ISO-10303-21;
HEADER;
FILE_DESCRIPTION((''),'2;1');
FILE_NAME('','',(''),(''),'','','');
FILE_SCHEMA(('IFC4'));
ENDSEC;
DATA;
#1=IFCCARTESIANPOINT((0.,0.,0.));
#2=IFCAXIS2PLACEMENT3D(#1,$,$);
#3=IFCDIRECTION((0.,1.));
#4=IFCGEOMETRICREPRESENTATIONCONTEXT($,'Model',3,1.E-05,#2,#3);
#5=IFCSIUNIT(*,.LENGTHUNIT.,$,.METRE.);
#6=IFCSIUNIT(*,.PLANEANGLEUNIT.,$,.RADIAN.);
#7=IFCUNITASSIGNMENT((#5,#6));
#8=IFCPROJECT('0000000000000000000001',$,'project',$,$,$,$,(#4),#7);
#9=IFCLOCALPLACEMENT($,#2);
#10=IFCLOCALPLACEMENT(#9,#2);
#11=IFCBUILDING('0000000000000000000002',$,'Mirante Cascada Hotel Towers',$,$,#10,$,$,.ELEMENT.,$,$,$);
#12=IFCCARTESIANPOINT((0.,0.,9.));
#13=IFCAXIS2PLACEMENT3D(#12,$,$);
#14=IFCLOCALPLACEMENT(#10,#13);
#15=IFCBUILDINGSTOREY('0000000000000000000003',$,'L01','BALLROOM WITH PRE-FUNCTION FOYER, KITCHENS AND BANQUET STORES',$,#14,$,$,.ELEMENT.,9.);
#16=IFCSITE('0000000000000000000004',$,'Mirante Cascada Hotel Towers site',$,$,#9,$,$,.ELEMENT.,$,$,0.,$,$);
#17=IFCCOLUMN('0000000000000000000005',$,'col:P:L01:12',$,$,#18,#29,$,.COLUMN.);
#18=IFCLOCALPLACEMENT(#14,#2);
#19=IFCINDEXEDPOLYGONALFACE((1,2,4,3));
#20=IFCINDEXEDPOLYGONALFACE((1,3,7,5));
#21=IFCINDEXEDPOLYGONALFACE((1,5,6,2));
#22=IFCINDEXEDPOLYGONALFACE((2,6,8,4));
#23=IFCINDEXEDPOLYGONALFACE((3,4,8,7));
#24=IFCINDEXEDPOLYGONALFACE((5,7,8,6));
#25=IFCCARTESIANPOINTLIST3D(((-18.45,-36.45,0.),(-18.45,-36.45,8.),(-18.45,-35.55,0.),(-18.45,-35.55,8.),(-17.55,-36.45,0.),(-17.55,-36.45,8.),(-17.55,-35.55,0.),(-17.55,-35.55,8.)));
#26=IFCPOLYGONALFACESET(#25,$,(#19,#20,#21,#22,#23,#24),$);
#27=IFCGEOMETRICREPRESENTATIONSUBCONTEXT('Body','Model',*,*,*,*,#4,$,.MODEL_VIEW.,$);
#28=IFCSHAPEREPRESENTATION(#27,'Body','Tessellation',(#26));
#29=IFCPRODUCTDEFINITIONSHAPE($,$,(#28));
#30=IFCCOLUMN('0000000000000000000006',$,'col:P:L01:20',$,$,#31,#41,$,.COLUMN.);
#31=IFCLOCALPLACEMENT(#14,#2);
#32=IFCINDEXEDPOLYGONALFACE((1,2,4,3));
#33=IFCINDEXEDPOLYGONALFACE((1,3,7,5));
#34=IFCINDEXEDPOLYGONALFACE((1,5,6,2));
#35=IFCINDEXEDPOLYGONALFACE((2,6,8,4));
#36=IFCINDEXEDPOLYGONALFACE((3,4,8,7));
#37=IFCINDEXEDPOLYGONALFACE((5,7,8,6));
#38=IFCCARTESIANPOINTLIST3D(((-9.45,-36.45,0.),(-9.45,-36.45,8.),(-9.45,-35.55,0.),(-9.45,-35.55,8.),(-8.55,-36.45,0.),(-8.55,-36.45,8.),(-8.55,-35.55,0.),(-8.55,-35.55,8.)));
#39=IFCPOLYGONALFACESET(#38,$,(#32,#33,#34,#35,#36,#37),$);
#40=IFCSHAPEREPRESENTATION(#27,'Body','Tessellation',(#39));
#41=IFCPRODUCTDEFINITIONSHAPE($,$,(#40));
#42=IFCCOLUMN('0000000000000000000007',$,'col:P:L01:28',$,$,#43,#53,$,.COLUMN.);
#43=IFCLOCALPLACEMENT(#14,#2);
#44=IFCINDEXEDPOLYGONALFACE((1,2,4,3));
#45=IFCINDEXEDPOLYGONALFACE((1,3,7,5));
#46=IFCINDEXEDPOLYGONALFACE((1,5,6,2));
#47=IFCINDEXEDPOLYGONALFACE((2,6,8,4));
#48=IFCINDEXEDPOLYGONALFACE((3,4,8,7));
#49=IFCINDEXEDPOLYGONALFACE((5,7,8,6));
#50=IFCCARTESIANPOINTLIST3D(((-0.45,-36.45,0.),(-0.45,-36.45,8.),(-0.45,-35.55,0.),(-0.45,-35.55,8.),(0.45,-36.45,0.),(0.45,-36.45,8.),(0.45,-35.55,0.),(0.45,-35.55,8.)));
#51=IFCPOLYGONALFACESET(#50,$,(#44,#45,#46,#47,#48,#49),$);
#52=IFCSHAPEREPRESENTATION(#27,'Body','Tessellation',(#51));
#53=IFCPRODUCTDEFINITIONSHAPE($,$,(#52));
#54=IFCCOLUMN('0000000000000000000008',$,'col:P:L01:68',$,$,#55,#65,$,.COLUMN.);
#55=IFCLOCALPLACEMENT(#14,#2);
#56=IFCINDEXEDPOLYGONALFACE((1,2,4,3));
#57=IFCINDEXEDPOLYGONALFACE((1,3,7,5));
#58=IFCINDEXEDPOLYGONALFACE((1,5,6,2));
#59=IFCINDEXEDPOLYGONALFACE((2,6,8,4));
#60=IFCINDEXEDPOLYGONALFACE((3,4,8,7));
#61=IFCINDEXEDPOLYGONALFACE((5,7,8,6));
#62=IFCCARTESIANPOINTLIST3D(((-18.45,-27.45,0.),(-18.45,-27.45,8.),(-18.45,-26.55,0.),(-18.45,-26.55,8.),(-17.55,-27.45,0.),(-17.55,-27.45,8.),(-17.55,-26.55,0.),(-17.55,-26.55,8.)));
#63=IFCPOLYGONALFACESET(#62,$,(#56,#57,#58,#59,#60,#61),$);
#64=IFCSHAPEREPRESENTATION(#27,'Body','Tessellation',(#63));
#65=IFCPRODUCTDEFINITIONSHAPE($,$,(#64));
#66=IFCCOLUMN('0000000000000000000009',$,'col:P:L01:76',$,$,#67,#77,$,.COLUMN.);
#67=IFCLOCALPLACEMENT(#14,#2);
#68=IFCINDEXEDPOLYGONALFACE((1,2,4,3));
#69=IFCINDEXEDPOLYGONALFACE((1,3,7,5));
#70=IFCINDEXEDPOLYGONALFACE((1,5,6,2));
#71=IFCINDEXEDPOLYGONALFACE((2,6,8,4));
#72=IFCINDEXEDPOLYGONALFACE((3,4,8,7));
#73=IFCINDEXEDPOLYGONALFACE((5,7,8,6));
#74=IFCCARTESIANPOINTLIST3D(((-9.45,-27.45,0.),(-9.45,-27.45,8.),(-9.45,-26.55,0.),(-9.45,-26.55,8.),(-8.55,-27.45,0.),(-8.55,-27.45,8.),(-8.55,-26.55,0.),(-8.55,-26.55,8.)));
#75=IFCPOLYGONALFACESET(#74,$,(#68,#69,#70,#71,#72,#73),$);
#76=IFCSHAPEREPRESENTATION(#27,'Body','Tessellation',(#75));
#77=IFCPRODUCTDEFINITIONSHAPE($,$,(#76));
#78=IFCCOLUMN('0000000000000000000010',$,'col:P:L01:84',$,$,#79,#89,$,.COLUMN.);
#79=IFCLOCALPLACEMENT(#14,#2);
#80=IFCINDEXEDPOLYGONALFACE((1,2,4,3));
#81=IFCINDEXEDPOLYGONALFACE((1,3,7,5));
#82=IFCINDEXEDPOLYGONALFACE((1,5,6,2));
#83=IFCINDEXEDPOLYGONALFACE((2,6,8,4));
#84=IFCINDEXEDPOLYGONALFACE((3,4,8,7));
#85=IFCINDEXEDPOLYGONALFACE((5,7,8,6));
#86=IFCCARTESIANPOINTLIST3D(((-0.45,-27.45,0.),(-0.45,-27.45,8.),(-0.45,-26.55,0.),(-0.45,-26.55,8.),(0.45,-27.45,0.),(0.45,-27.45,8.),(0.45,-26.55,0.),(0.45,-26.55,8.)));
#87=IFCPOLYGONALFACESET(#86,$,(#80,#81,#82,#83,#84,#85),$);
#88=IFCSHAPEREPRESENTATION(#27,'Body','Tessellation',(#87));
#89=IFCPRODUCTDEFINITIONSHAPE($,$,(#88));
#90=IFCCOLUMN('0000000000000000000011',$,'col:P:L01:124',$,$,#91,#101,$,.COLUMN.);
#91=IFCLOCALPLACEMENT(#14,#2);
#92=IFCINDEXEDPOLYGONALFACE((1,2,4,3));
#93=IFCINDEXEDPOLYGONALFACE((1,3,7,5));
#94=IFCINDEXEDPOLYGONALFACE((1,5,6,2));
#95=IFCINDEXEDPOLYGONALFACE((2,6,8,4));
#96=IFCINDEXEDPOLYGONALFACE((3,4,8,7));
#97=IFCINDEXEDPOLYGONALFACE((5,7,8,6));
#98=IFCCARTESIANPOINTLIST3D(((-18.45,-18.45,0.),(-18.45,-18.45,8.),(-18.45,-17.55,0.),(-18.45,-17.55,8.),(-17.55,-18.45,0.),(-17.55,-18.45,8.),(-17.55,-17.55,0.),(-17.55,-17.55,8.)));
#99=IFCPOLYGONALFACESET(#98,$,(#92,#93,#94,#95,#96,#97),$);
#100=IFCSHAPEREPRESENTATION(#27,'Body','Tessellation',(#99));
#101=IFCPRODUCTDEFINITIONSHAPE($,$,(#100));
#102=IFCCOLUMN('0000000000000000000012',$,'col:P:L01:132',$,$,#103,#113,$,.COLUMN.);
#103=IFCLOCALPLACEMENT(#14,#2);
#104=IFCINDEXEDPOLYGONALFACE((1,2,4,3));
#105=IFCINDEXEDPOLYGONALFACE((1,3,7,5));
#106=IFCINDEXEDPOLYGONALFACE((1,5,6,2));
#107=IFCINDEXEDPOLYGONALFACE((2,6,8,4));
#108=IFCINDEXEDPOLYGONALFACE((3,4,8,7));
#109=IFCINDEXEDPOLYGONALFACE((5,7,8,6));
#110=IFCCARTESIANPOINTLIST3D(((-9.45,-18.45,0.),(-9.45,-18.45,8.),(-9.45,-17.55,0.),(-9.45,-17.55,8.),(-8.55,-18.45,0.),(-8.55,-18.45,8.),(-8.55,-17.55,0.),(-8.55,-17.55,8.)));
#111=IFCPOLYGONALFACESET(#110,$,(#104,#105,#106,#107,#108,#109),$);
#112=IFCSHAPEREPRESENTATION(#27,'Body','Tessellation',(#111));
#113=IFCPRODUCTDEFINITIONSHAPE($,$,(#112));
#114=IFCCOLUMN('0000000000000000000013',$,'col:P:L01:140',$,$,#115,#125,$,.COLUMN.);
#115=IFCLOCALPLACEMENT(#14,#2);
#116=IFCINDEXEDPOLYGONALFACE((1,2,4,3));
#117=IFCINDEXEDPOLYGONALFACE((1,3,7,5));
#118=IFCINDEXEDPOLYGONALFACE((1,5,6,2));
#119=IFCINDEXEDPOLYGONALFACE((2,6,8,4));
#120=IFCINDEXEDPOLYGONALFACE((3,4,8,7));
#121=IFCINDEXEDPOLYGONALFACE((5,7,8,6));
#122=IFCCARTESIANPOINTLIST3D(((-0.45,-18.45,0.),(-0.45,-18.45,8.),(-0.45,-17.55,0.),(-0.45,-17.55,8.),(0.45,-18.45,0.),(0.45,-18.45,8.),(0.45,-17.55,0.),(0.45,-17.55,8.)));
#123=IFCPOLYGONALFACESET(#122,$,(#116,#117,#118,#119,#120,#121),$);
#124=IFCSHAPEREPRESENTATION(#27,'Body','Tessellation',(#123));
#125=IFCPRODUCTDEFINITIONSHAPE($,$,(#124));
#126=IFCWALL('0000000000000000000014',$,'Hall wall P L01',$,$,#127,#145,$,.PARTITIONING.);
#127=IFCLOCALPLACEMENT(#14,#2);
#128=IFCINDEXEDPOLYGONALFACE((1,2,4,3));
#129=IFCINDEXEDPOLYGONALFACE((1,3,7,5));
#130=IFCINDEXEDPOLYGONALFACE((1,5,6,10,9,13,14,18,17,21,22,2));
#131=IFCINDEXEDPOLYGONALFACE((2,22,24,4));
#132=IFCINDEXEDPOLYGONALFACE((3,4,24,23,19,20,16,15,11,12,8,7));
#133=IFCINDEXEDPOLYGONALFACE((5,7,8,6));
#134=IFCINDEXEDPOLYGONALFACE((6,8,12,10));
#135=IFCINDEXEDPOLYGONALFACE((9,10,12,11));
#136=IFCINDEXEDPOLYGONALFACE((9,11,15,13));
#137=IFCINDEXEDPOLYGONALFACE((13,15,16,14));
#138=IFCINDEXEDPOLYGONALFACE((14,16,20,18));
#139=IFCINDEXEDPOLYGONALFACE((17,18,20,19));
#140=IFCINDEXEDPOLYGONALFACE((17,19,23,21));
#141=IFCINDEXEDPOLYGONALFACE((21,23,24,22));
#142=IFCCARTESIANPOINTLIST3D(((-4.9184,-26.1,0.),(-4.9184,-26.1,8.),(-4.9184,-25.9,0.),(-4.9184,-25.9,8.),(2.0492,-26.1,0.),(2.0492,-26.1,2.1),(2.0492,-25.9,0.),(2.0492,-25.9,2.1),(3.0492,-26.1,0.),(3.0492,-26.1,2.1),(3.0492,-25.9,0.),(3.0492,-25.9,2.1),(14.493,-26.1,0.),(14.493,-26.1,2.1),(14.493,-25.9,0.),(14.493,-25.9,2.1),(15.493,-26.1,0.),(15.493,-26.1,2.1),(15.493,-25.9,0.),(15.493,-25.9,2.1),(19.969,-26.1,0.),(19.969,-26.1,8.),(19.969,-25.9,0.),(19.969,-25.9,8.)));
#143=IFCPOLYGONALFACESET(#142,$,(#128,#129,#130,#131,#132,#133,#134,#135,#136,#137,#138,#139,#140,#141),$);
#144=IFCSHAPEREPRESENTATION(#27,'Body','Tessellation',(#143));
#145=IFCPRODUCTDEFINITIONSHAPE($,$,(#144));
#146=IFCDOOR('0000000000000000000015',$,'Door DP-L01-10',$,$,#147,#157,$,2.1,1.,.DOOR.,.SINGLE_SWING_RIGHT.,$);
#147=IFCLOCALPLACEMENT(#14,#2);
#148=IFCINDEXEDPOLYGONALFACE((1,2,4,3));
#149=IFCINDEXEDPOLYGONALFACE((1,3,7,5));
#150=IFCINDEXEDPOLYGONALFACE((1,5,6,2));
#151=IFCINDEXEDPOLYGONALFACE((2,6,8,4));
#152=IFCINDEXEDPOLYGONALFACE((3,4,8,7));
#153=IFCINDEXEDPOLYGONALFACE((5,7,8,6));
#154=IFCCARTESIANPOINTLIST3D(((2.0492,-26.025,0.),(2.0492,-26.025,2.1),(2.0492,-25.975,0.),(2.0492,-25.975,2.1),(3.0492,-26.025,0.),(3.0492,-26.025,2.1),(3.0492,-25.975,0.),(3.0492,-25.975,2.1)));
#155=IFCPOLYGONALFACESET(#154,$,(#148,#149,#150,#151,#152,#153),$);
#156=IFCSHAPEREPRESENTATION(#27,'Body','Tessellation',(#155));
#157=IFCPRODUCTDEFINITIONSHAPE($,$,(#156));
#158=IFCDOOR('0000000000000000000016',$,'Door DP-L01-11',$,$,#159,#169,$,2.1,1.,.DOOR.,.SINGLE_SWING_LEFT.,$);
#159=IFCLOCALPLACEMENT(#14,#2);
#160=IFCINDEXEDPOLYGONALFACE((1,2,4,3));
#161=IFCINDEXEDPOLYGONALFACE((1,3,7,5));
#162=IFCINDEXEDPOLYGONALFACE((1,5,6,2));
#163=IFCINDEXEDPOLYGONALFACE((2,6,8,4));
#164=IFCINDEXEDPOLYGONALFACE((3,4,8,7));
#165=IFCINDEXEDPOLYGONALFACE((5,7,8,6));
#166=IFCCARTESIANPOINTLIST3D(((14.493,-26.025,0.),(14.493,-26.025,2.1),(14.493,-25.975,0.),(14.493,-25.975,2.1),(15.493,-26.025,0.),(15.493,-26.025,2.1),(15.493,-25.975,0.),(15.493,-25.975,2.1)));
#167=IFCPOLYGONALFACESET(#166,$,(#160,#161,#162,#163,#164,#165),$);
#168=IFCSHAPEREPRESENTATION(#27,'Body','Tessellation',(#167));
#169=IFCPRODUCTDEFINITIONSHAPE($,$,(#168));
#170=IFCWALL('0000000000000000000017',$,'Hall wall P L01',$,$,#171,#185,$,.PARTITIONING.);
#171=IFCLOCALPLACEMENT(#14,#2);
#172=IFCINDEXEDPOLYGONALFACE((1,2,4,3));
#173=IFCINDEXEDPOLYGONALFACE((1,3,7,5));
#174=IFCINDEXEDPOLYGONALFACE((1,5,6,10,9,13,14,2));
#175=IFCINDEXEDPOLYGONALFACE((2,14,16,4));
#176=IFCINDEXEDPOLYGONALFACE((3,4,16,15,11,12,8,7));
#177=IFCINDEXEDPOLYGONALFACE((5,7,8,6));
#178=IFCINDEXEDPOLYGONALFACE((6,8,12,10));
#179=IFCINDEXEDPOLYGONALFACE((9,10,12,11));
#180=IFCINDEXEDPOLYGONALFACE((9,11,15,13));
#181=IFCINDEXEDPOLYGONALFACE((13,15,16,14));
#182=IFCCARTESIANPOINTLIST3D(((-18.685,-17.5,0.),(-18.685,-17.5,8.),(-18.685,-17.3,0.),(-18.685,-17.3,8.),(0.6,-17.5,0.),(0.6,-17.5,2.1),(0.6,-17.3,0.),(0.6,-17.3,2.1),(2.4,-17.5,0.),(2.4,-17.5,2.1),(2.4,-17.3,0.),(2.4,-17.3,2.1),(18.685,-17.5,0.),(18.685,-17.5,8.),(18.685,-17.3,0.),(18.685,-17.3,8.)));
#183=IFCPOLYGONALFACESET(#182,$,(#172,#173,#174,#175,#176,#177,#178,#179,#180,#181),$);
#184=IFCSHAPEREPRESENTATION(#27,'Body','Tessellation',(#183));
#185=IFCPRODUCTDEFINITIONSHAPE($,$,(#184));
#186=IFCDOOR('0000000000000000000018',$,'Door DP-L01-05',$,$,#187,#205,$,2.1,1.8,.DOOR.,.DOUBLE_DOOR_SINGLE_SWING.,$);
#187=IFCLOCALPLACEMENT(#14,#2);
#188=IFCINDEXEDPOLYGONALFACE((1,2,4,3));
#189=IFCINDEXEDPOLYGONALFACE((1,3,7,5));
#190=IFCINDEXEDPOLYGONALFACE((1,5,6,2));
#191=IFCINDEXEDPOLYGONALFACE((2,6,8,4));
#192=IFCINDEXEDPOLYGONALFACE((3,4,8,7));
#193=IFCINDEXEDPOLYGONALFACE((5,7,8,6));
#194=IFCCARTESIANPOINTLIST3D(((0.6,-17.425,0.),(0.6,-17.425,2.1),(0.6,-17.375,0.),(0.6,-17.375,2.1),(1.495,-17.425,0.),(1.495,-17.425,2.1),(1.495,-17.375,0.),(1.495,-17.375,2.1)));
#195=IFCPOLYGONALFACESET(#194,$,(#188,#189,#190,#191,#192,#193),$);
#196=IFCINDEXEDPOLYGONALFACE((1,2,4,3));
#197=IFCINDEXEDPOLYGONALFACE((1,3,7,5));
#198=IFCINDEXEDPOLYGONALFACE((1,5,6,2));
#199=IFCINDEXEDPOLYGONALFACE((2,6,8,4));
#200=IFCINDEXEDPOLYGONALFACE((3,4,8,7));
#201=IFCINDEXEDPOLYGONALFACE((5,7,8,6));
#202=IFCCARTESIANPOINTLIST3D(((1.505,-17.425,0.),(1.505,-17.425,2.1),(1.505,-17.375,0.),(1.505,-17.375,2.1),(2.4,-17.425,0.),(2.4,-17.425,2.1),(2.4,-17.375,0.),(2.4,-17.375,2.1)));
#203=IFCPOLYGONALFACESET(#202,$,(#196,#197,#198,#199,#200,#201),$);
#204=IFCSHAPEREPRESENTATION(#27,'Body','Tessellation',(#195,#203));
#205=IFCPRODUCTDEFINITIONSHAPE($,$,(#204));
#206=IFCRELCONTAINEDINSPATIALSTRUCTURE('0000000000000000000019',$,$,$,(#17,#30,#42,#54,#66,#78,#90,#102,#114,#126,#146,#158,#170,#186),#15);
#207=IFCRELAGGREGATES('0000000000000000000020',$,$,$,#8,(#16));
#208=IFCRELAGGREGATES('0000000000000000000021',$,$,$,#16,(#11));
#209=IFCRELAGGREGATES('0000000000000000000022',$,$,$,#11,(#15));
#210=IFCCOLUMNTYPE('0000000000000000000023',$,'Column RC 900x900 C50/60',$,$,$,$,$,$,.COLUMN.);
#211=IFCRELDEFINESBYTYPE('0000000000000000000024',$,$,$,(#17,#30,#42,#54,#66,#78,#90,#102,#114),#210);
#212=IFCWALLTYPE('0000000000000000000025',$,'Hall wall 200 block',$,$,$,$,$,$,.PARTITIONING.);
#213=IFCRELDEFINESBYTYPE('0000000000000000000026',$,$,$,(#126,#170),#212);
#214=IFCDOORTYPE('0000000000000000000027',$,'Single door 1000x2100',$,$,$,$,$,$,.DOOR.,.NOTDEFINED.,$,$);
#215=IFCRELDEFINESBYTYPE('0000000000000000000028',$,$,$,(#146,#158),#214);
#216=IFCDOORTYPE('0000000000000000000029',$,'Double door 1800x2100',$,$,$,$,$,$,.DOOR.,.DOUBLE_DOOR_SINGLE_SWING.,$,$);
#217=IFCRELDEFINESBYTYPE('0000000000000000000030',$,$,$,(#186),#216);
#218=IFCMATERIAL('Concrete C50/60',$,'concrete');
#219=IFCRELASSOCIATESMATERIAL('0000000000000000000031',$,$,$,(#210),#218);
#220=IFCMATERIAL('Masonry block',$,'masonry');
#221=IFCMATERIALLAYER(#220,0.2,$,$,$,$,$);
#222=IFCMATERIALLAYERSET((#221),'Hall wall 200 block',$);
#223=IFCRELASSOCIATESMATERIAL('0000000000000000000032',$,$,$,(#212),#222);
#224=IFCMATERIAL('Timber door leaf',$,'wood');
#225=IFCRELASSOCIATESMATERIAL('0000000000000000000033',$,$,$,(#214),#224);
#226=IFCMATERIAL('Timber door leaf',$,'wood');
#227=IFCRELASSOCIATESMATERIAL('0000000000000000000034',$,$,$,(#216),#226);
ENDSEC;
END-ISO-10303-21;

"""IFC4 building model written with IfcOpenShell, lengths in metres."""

from ifc_helpers import new_model, si_unit, direction, frame, frame_2d, origin, origin_2d, place, context, subcontext, project, spatial, rectangle, extrude, material, layer, layer_set, material_profile, profile_set, type_object, element, fill, save


model = new_model("IFC4")

# Units and contexts
model_context = context("Model", 3, precision=1e-05, world=origin(), true_north=direction((0.0, 1.0)))
body_context = subcontext(model_context, "Body", "Model", "MODEL_VIEW")
ifc_project = project(units=[si_unit("LENGTHUNIT", "METRE"), si_unit("PLANEANGLEUNIT", "RADIAN")], contexts=[model_context])

# Site, building, storey
site_placement = place(None, origin())
site = spatial("IfcSite", under=ifc_project, at=site_placement, Name="Mirante Cascada Hotel Towers site", CompositionType="ELEMENT", RefElevation=0.0)
building_placement = place(site_placement, origin())
building = spatial("IfcBuilding", under=site, at=building_placement, Name="Mirante Cascada Hotel Towers", CompositionType="ELEMENT")
storey_placement = place(building_placement, frame((0.0, 0.0, 9.0)))
storey = spatial("IfcBuildingStorey", under=building, at=storey_placement, Name="L01", Description="BALLROOM WITH PRE-FUNCTION FOYER, KITCHENS AND BANQUET STORES", CompositionType="ELEMENT", Elevation=9.0)

# Columns
ifc_material_1 = material(Name="Concrete C50/60", Category="concrete")
ifc_material_profile = material_profile(ifc_material_1, rectangle(XDim=0.9, YDim=0.9, at=origin_2d()), Name="RC 900x900")
ifc_profile_set = profile_set([ifc_material_profile], Name="Concrete C50/60")
column_type = type_object("IfcColumnType", Name="Column RC 900x900 C50/60", PredefinedType="COLUMN", material=ifc_profile_set)
for number, where, z_axis, x_axis, name in (
    (1, (-18.0, -36.0, 0.0), (0.0, 0.0, 1.0), (1.0, 0.0, 0.0), "col:P:L01:12"),
    (2, (-9.0, -36.0, 0.0), (0.0, 0.0, 1.0), (1.0, 0.0, 0.0), "col:P:L01:20"),
    (3, (0.0, -36.0, 0.0), (0.0, 0.0, 1.0), (1.0, 0.0, 0.0), "col:P:L01:28"),
    (4, (-18.0, -27.0, 0.0), (0.0, 0.0, 1.0), (1.0, 0.0, 0.0), "col:P:L01:68"),
    (5, (-9.0, -27.0, 0.0), (0.0, 0.0, 1.0), (1.0, 0.0, 0.0), "col:P:L01:76"),
    (6, (0.0, -27.0, 0.0), (0.0, 0.0, 1.0), (1.0, 0.0, 0.0), "col:P:L01:84"),
    (7, (-18.0, -18.0, 0.0), (0.0, 0.0, 1.0), (1.0, 0.0, 0.0), "col:P:L01:124"),
    (8, (-9.0, -18.0, 0.0), (0.0, 0.0, 1.0), (1.0, 0.0, 0.0), "col:P:L01:132"),
    (9, (0.0, -18.0, 0.0), (0.0, 0.0, 1.0), (1.0, 0.0, 0.0), "col:P:L01:140"),
):
    element("IfcColumn", number, at=place(storey_placement, frame(where, z_axis=z_axis, x_axis=x_axis)), inside=storey, type_object=column_type, Name=name, PredefinedType="COLUMN", context=body_context, shape_type="SweptSolid", body=[
        extrude(rectangle(XDim=0.9, YDim=0.9, at=origin_2d()), origin(), (0.0, 0.0, 1.0), 8.0),
    ])

# Wall, openings, doors
ifc_material_2 = material(Name="Masonry block", Category="masonry")
ifc_layer_1 = layer(ifc_material_2, 0.2)
ifc_layer_set_1 = layer_set([ifc_layer_1], Name="Hall wall 200 block")
wall_type_1 = type_object("IfcWallType", Name="Hall wall 200 block", PredefinedType="PARTITIONING", material=ifc_layer_set_1)
wall_1_placement = place(storey_placement, frame((-4.9185, -26.0, 0.0), z_axis=(0.0, 0.0, 1.0), x_axis=(1.0, 0.0, 0.0)))
wall_1 = element("IfcWall", 10, at=wall_1_placement, inside=storey, type_object=wall_type_1, Name="Hall wall P L01", PredefinedType="PARTITIONING", context=body_context, shape_type="SweptSolid", body=[
    extrude(rectangle(XDim=24.8875, YDim=0.2, at=frame_2d((12.4438, 0.0))), origin(), (0.0, 0.0, 1.0), 8.0),
])
opening_1_placement = place(wall_1_placement, frame((6.9677, 0.0, 0.0)))
opening_1 = element("IfcOpeningElement", 11, at=opening_1_placement, cuts=wall_1, PredefinedType="OPENING", context=body_context, shape_type="SweptSolid", body=[
    extrude(rectangle(XDim=1.0, YDim=2.1, at=frame_2d((0.5, 1.05))), frame((0.0, 0.1, 0.0), z_axis=(0.0, -1.0, 0.0), x_axis=(1.0, 0.0, 0.0)), (0.0, 0.0, 1.0), 0.2),
])
opening_2_placement = place(wall_1_placement, frame((19.4115, 0.0, 0.0)))
opening_2 = element("IfcOpeningElement", 12, at=opening_2_placement, cuts=wall_1, PredefinedType="OPENING", context=body_context, shape_type="SweptSolid", body=[
    extrude(rectangle(XDim=1.0, YDim=2.1, at=frame_2d((0.5, 1.05))), frame((0.0, 0.1, 0.0), z_axis=(0.0, -1.0, 0.0), x_axis=(1.0, 0.0, 0.0)), (0.0, 0.0, 1.0), 0.2),
])
ifc_material_3 = material(Name="Timber door leaf", Category="wood")
door_type_1 = type_object("IfcDoorType", Name="Single door 1000x2100", OperationType="NOTDEFINED", PredefinedType="DOOR", material=ifc_material_3)
door_1_placement = place(opening_1_placement, frame((1.0, 0.0, 0.0), z_axis=(0.0, 0.0, 1.0), x_axis=(-1.0, 0.0, 0.0)))
door_1 = element("IfcDoor", 13, at=door_1_placement, inside=storey, type_object=door_type_1, Name="Door DP-L01-10", OperationType="SINGLE_SWING_RIGHT", OverallHeight=2.1, OverallWidth=1.0, PredefinedType="DOOR", context=body_context, shape_type="SweptSolid", body=[
    extrude(rectangle(XDim=1.0, YDim=2.1, at=frame_2d((0.5, 1.05))), frame((0.0, 0.025, 0.0), z_axis=(0.0, -1.0, 0.0), x_axis=(1.0, 0.0, 0.0)), (0.0, 0.0, 1.0), 0.05),
])
fill(opening_1, door_1)
door_2_placement = place(opening_2_placement, frame((1.0, 0.0, 0.0), z_axis=(0.0, 0.0, 1.0), x_axis=(-1.0, 0.0, 0.0)))
door_2 = element("IfcDoor", 14, at=door_2_placement, inside=storey, type_object=door_type_1, Name="Door DP-L01-11", OperationType="SINGLE_SWING_LEFT", OverallHeight=2.1, OverallWidth=1.0, PredefinedType="DOOR", context=body_context, shape_type="SweptSolid", body=[
    extrude(rectangle(XDim=1.0, YDim=2.1, at=frame_2d((0.5, 1.05))), frame((0.0, 0.025, 0.0), z_axis=(0.0, -1.0, 0.0), x_axis=(1.0, 0.0, 0.0)), (0.0, 0.0, 1.0), 0.05),
])
fill(opening_2, door_2)

# Wall, opening, door
wall_2_placement = place(storey_placement, frame((-18.685, -17.4, 0.0), z_axis=(0.0, 0.0, 1.0), x_axis=(1.0, 0.0, 0.0)))
wall_2 = element("IfcWall", 15, at=wall_2_placement, inside=storey, type_object=wall_type_1, Name="Hall wall P L01", PredefinedType="PARTITIONING", context=body_context, shape_type="SweptSolid", body=[
    extrude(rectangle(XDim=37.37, YDim=0.2, at=frame_2d((18.685, 0.0))), origin(), (0.0, 0.0, 1.0), 8.0),
])
opening_3_placement = place(wall_2_placement, frame((19.285, 0.0, 0.0)))
opening_3 = element("IfcOpeningElement", 16, at=opening_3_placement, cuts=wall_2, PredefinedType="OPENING", context=body_context, shape_type="SweptSolid", body=[
    extrude(rectangle(XDim=1.8, YDim=2.1, at=frame_2d((0.9, 1.05))), frame((0.0, 0.1, 0.0), z_axis=(0.0, -1.0, 0.0), x_axis=(1.0, 0.0, 0.0)), (0.0, 0.0, 1.0), 0.2),
])
ifc_material_4 = material(Name="Timber door leaf", Category="wood")
door_type_2 = type_object("IfcDoorType", Name="Double door 1800x2100", OperationType="DOUBLE_DOOR_SINGLE_SWING", PredefinedType="DOOR", material=ifc_material_4)
door_3_placement = place(opening_3_placement, origin())
door_3 = element("IfcDoor", 17, at=door_3_placement, inside=storey, type_object=door_type_2, Name="Door DP-L01-05", OperationType="DOUBLE_DOOR_SINGLE_SWING", OverallHeight=2.1, OverallWidth=1.8, PredefinedType="DOOR", context=body_context, shape_type="SweptSolid", body=[
    extrude(rectangle(XDim=0.895, YDim=2.1, at=frame_2d((0.4475, 1.05))), frame((0.0, 0.025, 0.0), z_axis=(0.0, -1.0, 0.0), x_axis=(1.0, 0.0, 0.0)), (0.0, 0.0, 1.0), 0.05),
    extrude(rectangle(XDim=0.895, YDim=2.1, at=frame_2d((1.3525, 1.05))), frame((0.0, 0.025, 0.0), z_axis=(0.0, -1.0, 0.0), x_axis=(1.0, 0.0, 0.0)), (0.0, 0.0, 1.0), 0.05),
])
fill(opening_3, door_3)

save(model, "model.ifc")
